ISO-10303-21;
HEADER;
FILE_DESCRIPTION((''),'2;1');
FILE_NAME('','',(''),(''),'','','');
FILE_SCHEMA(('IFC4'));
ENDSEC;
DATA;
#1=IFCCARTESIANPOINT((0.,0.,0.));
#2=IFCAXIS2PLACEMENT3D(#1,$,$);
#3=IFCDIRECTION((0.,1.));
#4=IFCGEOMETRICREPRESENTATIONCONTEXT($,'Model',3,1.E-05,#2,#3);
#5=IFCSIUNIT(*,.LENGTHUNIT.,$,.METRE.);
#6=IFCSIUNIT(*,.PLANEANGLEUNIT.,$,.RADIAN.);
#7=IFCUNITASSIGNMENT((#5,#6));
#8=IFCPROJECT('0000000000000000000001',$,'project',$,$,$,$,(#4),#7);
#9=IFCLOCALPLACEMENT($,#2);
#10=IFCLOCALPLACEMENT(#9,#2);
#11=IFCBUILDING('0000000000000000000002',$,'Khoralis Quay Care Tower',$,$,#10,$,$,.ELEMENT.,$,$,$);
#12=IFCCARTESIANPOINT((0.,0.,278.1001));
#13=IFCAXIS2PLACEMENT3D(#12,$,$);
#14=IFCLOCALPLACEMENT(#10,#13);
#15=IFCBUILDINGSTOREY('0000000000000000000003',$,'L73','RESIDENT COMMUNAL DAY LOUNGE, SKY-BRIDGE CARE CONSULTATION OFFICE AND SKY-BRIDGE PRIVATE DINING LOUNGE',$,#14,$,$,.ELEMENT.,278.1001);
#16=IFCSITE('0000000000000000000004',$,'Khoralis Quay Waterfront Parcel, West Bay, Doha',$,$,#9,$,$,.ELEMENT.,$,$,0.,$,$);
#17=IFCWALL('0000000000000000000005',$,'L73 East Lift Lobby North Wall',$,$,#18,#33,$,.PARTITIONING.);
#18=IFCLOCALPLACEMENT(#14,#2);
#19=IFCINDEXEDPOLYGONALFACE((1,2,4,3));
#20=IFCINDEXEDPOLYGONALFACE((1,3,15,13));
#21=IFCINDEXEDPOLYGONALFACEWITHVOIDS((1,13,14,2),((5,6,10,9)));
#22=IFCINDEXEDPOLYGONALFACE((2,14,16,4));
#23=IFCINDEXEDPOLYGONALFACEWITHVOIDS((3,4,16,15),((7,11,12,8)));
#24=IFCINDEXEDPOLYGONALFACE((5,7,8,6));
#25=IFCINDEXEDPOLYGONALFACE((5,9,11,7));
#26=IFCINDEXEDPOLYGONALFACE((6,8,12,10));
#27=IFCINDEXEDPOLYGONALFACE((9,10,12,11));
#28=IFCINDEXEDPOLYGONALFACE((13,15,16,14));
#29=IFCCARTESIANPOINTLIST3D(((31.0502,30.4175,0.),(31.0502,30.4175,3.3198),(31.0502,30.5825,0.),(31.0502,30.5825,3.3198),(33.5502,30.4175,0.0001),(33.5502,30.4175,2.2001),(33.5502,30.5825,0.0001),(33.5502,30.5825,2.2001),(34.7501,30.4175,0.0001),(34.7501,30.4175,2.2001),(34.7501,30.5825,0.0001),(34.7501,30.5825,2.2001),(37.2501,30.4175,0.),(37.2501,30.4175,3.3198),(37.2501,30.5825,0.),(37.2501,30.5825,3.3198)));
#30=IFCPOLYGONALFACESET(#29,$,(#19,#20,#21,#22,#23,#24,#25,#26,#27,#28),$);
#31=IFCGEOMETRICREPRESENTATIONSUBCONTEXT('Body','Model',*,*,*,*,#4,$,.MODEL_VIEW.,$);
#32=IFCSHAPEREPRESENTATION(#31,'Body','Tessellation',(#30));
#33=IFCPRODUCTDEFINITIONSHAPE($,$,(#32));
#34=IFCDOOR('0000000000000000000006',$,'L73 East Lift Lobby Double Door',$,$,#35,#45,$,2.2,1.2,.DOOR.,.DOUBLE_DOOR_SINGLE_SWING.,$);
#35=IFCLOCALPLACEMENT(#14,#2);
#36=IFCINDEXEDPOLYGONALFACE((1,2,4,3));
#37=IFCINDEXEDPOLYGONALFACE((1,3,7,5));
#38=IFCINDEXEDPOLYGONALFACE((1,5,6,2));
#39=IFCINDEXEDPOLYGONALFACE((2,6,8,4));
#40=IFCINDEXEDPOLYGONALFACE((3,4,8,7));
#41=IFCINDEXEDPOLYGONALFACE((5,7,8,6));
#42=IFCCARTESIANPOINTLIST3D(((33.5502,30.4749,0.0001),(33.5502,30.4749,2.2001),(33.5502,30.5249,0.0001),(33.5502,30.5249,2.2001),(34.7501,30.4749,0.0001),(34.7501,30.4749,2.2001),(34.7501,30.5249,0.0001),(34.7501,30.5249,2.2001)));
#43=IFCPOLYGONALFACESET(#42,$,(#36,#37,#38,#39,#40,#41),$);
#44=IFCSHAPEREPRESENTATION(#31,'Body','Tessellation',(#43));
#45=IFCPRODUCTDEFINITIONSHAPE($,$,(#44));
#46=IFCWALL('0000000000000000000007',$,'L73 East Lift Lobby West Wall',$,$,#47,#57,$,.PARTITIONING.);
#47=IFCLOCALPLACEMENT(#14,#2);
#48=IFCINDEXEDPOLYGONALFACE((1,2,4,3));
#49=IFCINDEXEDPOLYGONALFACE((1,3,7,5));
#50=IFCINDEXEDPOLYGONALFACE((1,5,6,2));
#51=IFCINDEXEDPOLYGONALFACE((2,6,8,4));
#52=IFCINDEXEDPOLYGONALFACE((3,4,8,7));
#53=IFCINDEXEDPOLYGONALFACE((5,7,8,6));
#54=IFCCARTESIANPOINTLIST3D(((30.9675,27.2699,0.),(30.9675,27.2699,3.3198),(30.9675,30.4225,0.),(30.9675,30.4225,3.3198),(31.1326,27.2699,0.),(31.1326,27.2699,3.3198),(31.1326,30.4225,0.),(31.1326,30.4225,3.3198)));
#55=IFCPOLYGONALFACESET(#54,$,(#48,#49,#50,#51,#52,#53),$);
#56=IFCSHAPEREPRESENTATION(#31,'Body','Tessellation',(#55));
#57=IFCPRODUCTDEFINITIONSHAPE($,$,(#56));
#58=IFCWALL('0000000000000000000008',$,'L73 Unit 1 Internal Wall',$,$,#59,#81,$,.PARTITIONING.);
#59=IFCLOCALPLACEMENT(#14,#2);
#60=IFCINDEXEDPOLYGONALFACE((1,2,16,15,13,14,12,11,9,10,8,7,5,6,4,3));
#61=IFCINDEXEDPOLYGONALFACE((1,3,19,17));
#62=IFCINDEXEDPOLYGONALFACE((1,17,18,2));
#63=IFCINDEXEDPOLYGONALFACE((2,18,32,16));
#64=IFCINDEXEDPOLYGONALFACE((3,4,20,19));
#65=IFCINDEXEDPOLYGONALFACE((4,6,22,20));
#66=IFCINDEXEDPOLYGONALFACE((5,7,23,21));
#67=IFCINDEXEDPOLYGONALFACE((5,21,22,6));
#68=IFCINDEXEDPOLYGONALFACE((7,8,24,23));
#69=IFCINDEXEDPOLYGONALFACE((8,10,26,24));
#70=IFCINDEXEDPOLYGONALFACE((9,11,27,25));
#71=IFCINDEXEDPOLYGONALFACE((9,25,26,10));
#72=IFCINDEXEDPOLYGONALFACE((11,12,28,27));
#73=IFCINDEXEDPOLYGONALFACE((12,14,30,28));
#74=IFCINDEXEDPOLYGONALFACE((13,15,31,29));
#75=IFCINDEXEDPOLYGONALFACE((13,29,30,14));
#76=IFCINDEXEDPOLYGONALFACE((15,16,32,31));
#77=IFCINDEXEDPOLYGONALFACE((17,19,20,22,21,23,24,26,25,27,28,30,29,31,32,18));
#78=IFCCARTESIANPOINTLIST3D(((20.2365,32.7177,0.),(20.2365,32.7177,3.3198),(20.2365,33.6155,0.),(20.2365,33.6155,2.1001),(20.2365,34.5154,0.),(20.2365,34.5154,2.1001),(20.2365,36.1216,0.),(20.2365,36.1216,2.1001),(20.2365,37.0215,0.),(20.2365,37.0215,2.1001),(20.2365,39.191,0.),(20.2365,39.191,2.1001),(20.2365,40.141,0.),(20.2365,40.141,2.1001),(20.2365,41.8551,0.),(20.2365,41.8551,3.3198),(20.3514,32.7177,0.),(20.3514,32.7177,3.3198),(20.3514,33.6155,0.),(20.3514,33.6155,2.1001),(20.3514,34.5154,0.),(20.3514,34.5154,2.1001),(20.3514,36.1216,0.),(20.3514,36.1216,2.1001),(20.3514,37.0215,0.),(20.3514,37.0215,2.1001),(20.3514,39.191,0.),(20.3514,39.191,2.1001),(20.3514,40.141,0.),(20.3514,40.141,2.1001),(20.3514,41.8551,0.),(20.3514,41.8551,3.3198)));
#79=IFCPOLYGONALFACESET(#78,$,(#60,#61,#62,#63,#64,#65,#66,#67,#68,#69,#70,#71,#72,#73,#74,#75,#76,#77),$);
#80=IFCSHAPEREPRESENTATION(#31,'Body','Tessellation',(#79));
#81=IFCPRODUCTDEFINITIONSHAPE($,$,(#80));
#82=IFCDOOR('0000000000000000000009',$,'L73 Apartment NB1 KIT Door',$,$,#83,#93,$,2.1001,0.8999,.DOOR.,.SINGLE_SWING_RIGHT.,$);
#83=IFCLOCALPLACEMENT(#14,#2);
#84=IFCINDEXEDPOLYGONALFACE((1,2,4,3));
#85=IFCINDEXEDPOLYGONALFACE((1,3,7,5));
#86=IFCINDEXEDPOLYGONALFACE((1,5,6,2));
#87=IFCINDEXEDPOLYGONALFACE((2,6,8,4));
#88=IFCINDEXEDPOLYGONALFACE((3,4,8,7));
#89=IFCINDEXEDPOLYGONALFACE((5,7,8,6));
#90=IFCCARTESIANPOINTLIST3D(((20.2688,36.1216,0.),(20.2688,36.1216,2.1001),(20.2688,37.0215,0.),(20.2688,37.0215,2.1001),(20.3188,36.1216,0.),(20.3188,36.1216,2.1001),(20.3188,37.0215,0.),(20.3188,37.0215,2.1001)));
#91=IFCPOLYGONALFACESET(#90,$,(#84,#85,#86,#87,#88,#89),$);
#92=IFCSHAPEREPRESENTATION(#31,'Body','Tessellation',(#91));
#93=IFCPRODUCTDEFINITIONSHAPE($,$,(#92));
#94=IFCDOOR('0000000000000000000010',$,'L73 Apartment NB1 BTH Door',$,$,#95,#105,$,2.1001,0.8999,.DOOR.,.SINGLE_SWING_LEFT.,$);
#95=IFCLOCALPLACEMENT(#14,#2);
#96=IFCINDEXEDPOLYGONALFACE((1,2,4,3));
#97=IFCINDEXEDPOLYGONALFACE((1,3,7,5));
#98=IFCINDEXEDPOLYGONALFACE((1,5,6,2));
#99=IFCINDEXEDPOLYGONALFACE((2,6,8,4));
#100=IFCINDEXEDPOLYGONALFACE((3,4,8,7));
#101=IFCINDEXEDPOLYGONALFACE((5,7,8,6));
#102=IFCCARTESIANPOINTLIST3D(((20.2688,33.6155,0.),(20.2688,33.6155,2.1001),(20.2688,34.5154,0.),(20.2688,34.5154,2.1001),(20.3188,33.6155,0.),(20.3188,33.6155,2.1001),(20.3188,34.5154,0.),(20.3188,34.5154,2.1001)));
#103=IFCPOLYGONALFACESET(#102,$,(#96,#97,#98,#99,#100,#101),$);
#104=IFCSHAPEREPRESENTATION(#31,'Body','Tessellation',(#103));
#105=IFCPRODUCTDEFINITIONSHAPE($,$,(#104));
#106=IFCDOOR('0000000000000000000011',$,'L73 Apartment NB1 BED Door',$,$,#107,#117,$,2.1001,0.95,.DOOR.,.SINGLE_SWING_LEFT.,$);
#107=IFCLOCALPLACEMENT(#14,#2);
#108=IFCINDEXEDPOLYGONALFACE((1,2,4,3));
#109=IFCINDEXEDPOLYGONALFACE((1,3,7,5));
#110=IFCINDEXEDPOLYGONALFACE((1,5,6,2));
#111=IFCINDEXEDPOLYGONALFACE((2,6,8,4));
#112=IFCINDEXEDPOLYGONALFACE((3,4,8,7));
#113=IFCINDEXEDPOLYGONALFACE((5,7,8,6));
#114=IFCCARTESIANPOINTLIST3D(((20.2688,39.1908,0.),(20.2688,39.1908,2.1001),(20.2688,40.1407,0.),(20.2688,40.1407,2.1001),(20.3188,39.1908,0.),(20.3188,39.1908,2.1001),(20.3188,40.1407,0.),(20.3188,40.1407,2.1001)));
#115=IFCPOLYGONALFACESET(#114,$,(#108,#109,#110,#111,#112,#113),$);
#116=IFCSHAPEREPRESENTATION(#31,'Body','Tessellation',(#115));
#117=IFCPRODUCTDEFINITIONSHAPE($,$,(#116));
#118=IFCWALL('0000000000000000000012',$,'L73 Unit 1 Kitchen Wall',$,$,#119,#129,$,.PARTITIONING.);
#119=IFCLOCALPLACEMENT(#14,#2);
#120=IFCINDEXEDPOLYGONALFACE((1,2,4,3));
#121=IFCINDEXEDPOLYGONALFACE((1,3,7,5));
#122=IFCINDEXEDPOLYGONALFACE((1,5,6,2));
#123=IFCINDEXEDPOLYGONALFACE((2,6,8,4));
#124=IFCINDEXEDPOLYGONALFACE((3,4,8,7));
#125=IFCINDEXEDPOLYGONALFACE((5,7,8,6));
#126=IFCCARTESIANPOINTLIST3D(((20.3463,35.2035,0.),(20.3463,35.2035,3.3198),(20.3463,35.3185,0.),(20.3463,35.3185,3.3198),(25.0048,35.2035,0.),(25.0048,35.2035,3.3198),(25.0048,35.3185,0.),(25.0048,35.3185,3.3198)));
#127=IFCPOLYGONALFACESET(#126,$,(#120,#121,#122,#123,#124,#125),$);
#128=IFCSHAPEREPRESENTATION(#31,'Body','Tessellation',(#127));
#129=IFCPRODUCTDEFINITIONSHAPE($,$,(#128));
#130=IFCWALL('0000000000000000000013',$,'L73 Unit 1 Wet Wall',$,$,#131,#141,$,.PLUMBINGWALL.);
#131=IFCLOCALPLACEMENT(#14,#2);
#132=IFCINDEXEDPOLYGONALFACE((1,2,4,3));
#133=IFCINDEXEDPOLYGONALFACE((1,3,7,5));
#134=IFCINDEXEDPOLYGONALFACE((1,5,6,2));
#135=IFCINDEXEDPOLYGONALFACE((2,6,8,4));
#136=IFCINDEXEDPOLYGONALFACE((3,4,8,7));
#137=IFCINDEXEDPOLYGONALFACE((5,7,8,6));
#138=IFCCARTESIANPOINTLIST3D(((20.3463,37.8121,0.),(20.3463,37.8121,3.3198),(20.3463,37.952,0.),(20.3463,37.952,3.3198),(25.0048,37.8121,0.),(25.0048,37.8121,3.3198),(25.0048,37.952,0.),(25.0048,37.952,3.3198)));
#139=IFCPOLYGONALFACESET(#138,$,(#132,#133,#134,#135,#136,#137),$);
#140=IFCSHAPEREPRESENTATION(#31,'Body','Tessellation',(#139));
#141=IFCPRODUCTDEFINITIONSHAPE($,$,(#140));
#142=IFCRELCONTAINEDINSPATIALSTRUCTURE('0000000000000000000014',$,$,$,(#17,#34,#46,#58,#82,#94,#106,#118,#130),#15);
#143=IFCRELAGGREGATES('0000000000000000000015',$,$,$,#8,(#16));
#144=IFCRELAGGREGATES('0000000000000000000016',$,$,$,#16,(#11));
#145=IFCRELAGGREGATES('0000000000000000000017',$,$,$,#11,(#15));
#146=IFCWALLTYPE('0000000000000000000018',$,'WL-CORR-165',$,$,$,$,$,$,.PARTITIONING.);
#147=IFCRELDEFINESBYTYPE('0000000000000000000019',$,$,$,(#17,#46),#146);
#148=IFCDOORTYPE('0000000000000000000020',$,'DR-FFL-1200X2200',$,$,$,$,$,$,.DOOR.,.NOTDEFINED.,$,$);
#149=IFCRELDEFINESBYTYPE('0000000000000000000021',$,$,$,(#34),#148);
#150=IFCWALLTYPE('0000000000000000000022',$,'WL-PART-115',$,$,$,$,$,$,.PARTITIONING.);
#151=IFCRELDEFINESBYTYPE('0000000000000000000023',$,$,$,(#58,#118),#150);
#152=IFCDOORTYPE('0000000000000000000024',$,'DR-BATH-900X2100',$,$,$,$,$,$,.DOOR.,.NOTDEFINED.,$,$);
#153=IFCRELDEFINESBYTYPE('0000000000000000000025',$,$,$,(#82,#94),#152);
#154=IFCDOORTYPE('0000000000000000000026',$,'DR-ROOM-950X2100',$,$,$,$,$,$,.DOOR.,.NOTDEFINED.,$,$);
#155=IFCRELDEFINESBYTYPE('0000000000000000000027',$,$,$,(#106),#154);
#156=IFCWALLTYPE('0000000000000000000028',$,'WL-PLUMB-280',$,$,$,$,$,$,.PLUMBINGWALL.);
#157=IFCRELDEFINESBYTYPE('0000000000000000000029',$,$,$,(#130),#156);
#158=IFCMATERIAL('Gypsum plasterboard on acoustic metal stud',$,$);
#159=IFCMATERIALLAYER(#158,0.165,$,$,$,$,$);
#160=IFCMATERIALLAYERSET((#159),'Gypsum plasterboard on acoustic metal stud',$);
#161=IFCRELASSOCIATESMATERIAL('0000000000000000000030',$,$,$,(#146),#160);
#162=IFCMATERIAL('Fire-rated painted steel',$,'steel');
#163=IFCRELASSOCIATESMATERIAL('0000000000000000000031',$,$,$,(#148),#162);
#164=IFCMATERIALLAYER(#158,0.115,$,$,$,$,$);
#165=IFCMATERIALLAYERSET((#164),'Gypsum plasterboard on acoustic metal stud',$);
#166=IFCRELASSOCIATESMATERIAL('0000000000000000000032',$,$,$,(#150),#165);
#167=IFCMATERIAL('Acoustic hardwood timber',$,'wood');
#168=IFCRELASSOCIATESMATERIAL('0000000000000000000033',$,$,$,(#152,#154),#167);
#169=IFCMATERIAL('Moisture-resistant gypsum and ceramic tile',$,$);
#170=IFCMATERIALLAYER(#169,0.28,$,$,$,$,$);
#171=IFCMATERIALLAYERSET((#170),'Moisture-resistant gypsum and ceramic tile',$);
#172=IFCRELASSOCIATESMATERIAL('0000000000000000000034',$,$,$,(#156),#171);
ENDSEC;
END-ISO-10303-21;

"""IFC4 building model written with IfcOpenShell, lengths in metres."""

from ifc_helpers import new_model, si_unit, direction, frame, frame_2d, origin, place, context, subcontext, project, spatial, rectangle, extrude, source, transform, mapped, material, layer, layer_set, type_object, element, fill, save


model = new_model("IFC4")

# Units and contexts
model_context = context("Model", 3, precision=1e-05, world=origin(), true_north=direction((0.0, 1.0)))
body_context = subcontext(model_context, "Body", "Model", "MODEL_VIEW")
ifc_project = project(units=[si_unit("LENGTHUNIT", "METRE"), si_unit("PLANEANGLEUNIT", "RADIAN")], contexts=[model_context])

# Site, building, storey
site_placement = place(None, origin())
site = spatial("IfcSite", under=ifc_project, at=site_placement, Name="Khoralis Quay Waterfront Parcel, West Bay, Doha", CompositionType="ELEMENT", RefElevation=0.0)
building_placement = place(site_placement, origin())
building = spatial("IfcBuilding", under=site, at=building_placement, Name="Khoralis Quay Care Tower", CompositionType="ELEMENT")
storey_placement = place(building_placement, frame((0.0, 0.0, 278.1001)))
storey = spatial("IfcBuildingStorey", under=building, at=storey_placement, Name="L73", Description="RESIDENT COMMUNAL DAY LOUNGE, SKY-BRIDGE CARE CONSULTATION OFFICE AND SKY-BRIDGE PRIVATE DINING LOUNGE", CompositionType="ELEMENT", Elevation=278.1001)

# Wall, opening, door
ifc_material_1 = material(Name="Gypsum plasterboard on acoustic metal stud")
ifc_layer_1 = layer(ifc_material_1, 0.165)
ifc_layer_set_1 = layer_set([ifc_layer_1], Name="Gypsum plasterboard on acoustic metal stud")
wall_type_1 = type_object("IfcWallType", Name="WL-CORR-165", PredefinedType="PARTITIONING", material=ifc_layer_set_1)
wall_1_placement = place(storey_placement, frame((31.05, 30.5, 0.0), z_axis=(0.0, 0.0, 1.0), x_axis=(1.0, 0.0, 0.0)))
wall_1 = element("IfcWall", 1, at=wall_1_placement, inside=storey, type_object=wall_type_1, Name="L73 East Lift Lobby North Wall", PredefinedType="PARTITIONING", context=body_context, shape_type="SweptSolid", body=[
    extrude(rectangle(XDim=6.2, YDim=0.165, at=frame_2d((3.1001, 0.0))), origin(), (0.0, 0.0, 1.0), 3.3198),
])
opening_1_placement = place(wall_1_placement, frame((2.5, 0.0, 0.0)))
opening_1 = element("IfcOpeningElement", 2, at=opening_1_placement, cuts=wall_1, PredefinedType="OPENING", context=body_context, shape_type="SweptSolid", body=[
    extrude(rectangle(XDim=1.2, YDim=2.2, at=frame_2d((0.6001, 1.1001))), frame((0.0, 0.0925, 0.0), z_axis=(0.0, -1.0, 0.0), x_axis=(1.0, 0.0, 0.0)), (0.0, 0.0, 1.0), 0.1851),
])
ifc_material_2 = material(Name="Fire-rated painted steel", Category="steel")
door_type_1 = type_object("IfcDoorType", Name="DR-FFL-1200X2200", OperationType="NOTDEFINED", PredefinedType="DOOR", material=ifc_material_2)
shared_shape_1 = source(origin(), body_context, "Body", "SweptSolid", [
    extrude(rectangle(XDim=1.2, YDim=2.2, at=frame_2d((0.6001, 1.1001))), frame((0.0, 0.0249, 0.0), z_axis=(0.0, -1.0, 0.0), x_axis=(1.0, 0.0, 0.0)), (0.0, 0.0, 1.0), 0.05),
])
door_1_placement = place(opening_1_placement, origin())
door_1 = element("IfcDoor", 3, at=door_1_placement, inside=storey, type_object=door_type_1, Name="L73 East Lift Lobby Double Door", OperationType="DOUBLE_DOOR_SINGLE_SWING", OverallHeight=2.2, OverallWidth=1.2, PredefinedType="DOOR", context=body_context, shape_type="MappedRepresentation", body=[
    mapped(shared_shape_1, transform((0.0, 0.0, 0.0), scale=1.0)),
])
fill(opening_1, door_1)

# Wall
wall_2_placement = place(storey_placement, frame((31.05, 27.27, 0.0), z_axis=(0.0, 0.0, 1.0), x_axis=(0.0, 1.0, 0.0)))
element("IfcWall", 4, at=wall_2_placement, inside=storey, type_object=wall_type_1, Name="L73 East Lift Lobby West Wall", PredefinedType="PARTITIONING", context=body_context, shape_type="SweptSolid", body=[
    extrude(rectangle(XDim=3.1526, YDim=0.165, at=frame_2d((1.5762, 0.0))), origin(), (0.0, 0.0, 1.0), 3.3198),
])

# Wall, openings, doors
ifc_layer_2 = layer(ifc_material_1, 0.115)
ifc_layer_set_2 = layer_set([ifc_layer_2], Name="Gypsum plasterboard on acoustic metal stud")
wall_type_2 = type_object("IfcWallType", Name="WL-PART-115", PredefinedType="PARTITIONING", material=ifc_layer_set_2)
wall_3_placement = place(storey_placement, frame((20.2939, 32.7175, 0.0), z_axis=(0.0, 0.0, 1.0), x_axis=(0.0, 1.0, 0.0)))
wall_3 = element("IfcWall", 5, at=wall_3_placement, inside=storey, type_object=wall_type_2, Name="L73 Unit 1 Internal Wall", PredefinedType="PARTITIONING", context=body_context, shape_type="SweptSolid", body=[
    extrude(rectangle(XDim=9.1375, YDim=0.115, at=frame_2d((4.5688, 0.0))), origin(), (0.0, 0.0, 1.0), 3.3198),
])
opening_2_placement = place(wall_3_placement, frame((6.4734, 0.0, 0.0)))
opening_2 = element("IfcOpeningElement", 6, at=opening_2_placement, cuts=wall_3, PredefinedType="OPENING", context=body_context, shape_type="SweptSolid", body=[
    extrude(rectangle(XDim=0.95, YDim=2.1001, at=frame_2d((0.4751, 1.05))), frame((0.0, 0.0674, 0.0), z_axis=(0.0, -1.0, 0.0), x_axis=(1.0, 0.0, 0.0)), (0.0, 0.0, 1.0), 0.135),
])
opening_3_placement = place(wall_3_placement, frame((3.4041, 0.0, 0.0)))
opening_3 = element("IfcOpeningElement", 7, at=opening_3_placement, cuts=wall_3, PredefinedType="OPENING", context=body_context, shape_type="SweptSolid", body=[
    extrude(rectangle(XDim=0.8999, YDim=2.1001, at=frame_2d((0.45, 1.05))), frame((0.0, 0.0674, 0.0), z_axis=(0.0, -1.0, 0.0), x_axis=(1.0, 0.0, 0.0)), (0.0, 0.0, 1.0), 0.135),
])
opening_4_placement = place(wall_3_placement, frame((0.8979, 0.0, 0.0)))
opening_4 = element("IfcOpeningElement", 8, at=opening_4_placement, cuts=wall_3, PredefinedType="OPENING", context=body_context, shape_type="SweptSolid", body=[
    extrude(rectangle(XDim=0.8999, YDim=2.1001, at=frame_2d((0.45, 1.05))), frame((0.0, 0.0674, 0.0), z_axis=(0.0, -1.0, 0.0), x_axis=(1.0, 0.0, 0.0)), (0.0, 0.0, 1.0), 0.135),
])
ifc_material_3 = material(Name="Acoustic hardwood timber", Category="wood")
door_type_2 = type_object("IfcDoorType", Name="DR-BATH-900X2100", OperationType="NOTDEFINED", PredefinedType="DOOR", material=ifc_material_3)
shared_shape_2 = source(origin(), body_context, "Body", "SweptSolid", [
    extrude(rectangle(XDim=0.8999, YDim=2.1001, at=frame_2d((0.45, 1.05))), frame((0.0, 0.0249, 0.0), z_axis=(0.0, -1.0, 0.0), x_axis=(1.0, 0.0, 0.0)), (0.0, 0.0, 1.0), 0.05),
])
door_2_placement = place(opening_3_placement, frame((0.8999, 0.0, 0.0), z_axis=(0.0, 0.0, 1.0), x_axis=(-1.0, 0.0, 0.0)))
door_2 = element("IfcDoor", 9, at=door_2_placement, inside=storey, type_object=door_type_2, Name="L73 Apartment NB1 KIT Door", OperationType="SINGLE_SWING_RIGHT", OverallHeight=2.1001, OverallWidth=0.8999, PredefinedType="DOOR", context=body_context, shape_type="MappedRepresentation", body=[
    mapped(shared_shape_2, transform((0.0, 0.0, 0.0), scale=1.0)),
])
fill(opening_3, door_2)
door_3_placement = place(opening_4_placement, frame((0.8999, 0.0, 0.0), z_axis=(0.0, 0.0, 1.0), x_axis=(-1.0, 0.0, 0.0)))
door_3 = element("IfcDoor", 10, at=door_3_placement, inside=storey, type_object=door_type_2, Name="L73 Apartment NB1 BTH Door", OperationType="SINGLE_SWING_LEFT", OverallHeight=2.1001, OverallWidth=0.8999, PredefinedType="DOOR", context=body_context, shape_type="MappedRepresentation", body=[
    mapped(shared_shape_2, transform((0.0, 0.0, 0.0), scale=1.0)),
])
fill(opening_4, door_3)
door_type_3 = type_object("IfcDoorType", Name="DR-ROOM-950X2100", OperationType="NOTDEFINED", PredefinedType="DOOR", material=ifc_material_3)
shared_shape_3 = source(origin(), body_context, "Body", "SweptSolid", [
    extrude(rectangle(XDim=0.95, YDim=2.1001, at=frame_2d((0.4751, 1.05))), frame((0.0, 0.0249, 0.0), z_axis=(0.0, -1.0, 0.0), x_axis=(1.0, 0.0, 0.0)), (0.0, 0.0, 1.0), 0.05),
])
door_4_placement = place(opening_2_placement, frame((0.95, 0.0, 0.0), z_axis=(0.0, 0.0, 1.0), x_axis=(-1.0, 0.0, 0.0)))
door_4 = element("IfcDoor", 11, at=door_4_placement, inside=storey, type_object=door_type_3, Name="L73 Apartment NB1 BED Door", OperationType="SINGLE_SWING_LEFT", OverallHeight=2.1001, OverallWidth=0.95, PredefinedType="DOOR", context=body_context, shape_type="MappedRepresentation", body=[
    mapped(shared_shape_3, transform((0.0, 0.0, 0.0), scale=1.0)),
])
fill(opening_2, door_4)

# Walls
wall_4_placement = place(storey_placement, frame((20.3464, 35.261, 0.0), z_axis=(0.0, 0.0, 1.0), x_axis=(1.0, 0.0, 0.0)))
element("IfcWall", 12, at=wall_4_placement, inside=storey, type_object=wall_type_2, Name="L73 Unit 1 Kitchen Wall", PredefinedType="PARTITIONING", context=body_context, shape_type="SweptSolid", body=[
    extrude(rectangle(XDim=4.6584, YDim=0.115, at=frame_2d((2.3291, 0.0))), origin(), (0.0, 0.0, 1.0), 3.3198),
])
ifc_material_4 = material(Name="Moisture-resistant gypsum and ceramic tile")
ifc_layer_3 = layer(ifc_material_4, 0.28)
ifc_layer_set_3 = layer_set([ifc_layer_3], Name="Moisture-resistant gypsum and ceramic tile")
wall_type_3 = type_object("IfcWallType", Name="WL-PLUMB-280", PredefinedType="PLUMBINGWALL", material=ifc_layer_set_3)
wall_5_placement = place(storey_placement, frame((20.3464, 37.8821, 0.0), z_axis=(0.0, 0.0, 1.0), x_axis=(1.0, 0.0, 0.0)))
element("IfcWall", 13, at=wall_5_placement, inside=storey, type_object=wall_type_3, Name="L73 Unit 1 Wet Wall", PredefinedType="PLUMBINGWALL", context=body_context, shape_type="SweptSolid", body=[
    extrude(rectangle(XDim=4.6584, YDim=0.1399, at=frame_2d((2.3291, 0.0))), origin(), (0.0, 0.0, 1.0), 3.3198),
])

save(model, "model.ifc")
